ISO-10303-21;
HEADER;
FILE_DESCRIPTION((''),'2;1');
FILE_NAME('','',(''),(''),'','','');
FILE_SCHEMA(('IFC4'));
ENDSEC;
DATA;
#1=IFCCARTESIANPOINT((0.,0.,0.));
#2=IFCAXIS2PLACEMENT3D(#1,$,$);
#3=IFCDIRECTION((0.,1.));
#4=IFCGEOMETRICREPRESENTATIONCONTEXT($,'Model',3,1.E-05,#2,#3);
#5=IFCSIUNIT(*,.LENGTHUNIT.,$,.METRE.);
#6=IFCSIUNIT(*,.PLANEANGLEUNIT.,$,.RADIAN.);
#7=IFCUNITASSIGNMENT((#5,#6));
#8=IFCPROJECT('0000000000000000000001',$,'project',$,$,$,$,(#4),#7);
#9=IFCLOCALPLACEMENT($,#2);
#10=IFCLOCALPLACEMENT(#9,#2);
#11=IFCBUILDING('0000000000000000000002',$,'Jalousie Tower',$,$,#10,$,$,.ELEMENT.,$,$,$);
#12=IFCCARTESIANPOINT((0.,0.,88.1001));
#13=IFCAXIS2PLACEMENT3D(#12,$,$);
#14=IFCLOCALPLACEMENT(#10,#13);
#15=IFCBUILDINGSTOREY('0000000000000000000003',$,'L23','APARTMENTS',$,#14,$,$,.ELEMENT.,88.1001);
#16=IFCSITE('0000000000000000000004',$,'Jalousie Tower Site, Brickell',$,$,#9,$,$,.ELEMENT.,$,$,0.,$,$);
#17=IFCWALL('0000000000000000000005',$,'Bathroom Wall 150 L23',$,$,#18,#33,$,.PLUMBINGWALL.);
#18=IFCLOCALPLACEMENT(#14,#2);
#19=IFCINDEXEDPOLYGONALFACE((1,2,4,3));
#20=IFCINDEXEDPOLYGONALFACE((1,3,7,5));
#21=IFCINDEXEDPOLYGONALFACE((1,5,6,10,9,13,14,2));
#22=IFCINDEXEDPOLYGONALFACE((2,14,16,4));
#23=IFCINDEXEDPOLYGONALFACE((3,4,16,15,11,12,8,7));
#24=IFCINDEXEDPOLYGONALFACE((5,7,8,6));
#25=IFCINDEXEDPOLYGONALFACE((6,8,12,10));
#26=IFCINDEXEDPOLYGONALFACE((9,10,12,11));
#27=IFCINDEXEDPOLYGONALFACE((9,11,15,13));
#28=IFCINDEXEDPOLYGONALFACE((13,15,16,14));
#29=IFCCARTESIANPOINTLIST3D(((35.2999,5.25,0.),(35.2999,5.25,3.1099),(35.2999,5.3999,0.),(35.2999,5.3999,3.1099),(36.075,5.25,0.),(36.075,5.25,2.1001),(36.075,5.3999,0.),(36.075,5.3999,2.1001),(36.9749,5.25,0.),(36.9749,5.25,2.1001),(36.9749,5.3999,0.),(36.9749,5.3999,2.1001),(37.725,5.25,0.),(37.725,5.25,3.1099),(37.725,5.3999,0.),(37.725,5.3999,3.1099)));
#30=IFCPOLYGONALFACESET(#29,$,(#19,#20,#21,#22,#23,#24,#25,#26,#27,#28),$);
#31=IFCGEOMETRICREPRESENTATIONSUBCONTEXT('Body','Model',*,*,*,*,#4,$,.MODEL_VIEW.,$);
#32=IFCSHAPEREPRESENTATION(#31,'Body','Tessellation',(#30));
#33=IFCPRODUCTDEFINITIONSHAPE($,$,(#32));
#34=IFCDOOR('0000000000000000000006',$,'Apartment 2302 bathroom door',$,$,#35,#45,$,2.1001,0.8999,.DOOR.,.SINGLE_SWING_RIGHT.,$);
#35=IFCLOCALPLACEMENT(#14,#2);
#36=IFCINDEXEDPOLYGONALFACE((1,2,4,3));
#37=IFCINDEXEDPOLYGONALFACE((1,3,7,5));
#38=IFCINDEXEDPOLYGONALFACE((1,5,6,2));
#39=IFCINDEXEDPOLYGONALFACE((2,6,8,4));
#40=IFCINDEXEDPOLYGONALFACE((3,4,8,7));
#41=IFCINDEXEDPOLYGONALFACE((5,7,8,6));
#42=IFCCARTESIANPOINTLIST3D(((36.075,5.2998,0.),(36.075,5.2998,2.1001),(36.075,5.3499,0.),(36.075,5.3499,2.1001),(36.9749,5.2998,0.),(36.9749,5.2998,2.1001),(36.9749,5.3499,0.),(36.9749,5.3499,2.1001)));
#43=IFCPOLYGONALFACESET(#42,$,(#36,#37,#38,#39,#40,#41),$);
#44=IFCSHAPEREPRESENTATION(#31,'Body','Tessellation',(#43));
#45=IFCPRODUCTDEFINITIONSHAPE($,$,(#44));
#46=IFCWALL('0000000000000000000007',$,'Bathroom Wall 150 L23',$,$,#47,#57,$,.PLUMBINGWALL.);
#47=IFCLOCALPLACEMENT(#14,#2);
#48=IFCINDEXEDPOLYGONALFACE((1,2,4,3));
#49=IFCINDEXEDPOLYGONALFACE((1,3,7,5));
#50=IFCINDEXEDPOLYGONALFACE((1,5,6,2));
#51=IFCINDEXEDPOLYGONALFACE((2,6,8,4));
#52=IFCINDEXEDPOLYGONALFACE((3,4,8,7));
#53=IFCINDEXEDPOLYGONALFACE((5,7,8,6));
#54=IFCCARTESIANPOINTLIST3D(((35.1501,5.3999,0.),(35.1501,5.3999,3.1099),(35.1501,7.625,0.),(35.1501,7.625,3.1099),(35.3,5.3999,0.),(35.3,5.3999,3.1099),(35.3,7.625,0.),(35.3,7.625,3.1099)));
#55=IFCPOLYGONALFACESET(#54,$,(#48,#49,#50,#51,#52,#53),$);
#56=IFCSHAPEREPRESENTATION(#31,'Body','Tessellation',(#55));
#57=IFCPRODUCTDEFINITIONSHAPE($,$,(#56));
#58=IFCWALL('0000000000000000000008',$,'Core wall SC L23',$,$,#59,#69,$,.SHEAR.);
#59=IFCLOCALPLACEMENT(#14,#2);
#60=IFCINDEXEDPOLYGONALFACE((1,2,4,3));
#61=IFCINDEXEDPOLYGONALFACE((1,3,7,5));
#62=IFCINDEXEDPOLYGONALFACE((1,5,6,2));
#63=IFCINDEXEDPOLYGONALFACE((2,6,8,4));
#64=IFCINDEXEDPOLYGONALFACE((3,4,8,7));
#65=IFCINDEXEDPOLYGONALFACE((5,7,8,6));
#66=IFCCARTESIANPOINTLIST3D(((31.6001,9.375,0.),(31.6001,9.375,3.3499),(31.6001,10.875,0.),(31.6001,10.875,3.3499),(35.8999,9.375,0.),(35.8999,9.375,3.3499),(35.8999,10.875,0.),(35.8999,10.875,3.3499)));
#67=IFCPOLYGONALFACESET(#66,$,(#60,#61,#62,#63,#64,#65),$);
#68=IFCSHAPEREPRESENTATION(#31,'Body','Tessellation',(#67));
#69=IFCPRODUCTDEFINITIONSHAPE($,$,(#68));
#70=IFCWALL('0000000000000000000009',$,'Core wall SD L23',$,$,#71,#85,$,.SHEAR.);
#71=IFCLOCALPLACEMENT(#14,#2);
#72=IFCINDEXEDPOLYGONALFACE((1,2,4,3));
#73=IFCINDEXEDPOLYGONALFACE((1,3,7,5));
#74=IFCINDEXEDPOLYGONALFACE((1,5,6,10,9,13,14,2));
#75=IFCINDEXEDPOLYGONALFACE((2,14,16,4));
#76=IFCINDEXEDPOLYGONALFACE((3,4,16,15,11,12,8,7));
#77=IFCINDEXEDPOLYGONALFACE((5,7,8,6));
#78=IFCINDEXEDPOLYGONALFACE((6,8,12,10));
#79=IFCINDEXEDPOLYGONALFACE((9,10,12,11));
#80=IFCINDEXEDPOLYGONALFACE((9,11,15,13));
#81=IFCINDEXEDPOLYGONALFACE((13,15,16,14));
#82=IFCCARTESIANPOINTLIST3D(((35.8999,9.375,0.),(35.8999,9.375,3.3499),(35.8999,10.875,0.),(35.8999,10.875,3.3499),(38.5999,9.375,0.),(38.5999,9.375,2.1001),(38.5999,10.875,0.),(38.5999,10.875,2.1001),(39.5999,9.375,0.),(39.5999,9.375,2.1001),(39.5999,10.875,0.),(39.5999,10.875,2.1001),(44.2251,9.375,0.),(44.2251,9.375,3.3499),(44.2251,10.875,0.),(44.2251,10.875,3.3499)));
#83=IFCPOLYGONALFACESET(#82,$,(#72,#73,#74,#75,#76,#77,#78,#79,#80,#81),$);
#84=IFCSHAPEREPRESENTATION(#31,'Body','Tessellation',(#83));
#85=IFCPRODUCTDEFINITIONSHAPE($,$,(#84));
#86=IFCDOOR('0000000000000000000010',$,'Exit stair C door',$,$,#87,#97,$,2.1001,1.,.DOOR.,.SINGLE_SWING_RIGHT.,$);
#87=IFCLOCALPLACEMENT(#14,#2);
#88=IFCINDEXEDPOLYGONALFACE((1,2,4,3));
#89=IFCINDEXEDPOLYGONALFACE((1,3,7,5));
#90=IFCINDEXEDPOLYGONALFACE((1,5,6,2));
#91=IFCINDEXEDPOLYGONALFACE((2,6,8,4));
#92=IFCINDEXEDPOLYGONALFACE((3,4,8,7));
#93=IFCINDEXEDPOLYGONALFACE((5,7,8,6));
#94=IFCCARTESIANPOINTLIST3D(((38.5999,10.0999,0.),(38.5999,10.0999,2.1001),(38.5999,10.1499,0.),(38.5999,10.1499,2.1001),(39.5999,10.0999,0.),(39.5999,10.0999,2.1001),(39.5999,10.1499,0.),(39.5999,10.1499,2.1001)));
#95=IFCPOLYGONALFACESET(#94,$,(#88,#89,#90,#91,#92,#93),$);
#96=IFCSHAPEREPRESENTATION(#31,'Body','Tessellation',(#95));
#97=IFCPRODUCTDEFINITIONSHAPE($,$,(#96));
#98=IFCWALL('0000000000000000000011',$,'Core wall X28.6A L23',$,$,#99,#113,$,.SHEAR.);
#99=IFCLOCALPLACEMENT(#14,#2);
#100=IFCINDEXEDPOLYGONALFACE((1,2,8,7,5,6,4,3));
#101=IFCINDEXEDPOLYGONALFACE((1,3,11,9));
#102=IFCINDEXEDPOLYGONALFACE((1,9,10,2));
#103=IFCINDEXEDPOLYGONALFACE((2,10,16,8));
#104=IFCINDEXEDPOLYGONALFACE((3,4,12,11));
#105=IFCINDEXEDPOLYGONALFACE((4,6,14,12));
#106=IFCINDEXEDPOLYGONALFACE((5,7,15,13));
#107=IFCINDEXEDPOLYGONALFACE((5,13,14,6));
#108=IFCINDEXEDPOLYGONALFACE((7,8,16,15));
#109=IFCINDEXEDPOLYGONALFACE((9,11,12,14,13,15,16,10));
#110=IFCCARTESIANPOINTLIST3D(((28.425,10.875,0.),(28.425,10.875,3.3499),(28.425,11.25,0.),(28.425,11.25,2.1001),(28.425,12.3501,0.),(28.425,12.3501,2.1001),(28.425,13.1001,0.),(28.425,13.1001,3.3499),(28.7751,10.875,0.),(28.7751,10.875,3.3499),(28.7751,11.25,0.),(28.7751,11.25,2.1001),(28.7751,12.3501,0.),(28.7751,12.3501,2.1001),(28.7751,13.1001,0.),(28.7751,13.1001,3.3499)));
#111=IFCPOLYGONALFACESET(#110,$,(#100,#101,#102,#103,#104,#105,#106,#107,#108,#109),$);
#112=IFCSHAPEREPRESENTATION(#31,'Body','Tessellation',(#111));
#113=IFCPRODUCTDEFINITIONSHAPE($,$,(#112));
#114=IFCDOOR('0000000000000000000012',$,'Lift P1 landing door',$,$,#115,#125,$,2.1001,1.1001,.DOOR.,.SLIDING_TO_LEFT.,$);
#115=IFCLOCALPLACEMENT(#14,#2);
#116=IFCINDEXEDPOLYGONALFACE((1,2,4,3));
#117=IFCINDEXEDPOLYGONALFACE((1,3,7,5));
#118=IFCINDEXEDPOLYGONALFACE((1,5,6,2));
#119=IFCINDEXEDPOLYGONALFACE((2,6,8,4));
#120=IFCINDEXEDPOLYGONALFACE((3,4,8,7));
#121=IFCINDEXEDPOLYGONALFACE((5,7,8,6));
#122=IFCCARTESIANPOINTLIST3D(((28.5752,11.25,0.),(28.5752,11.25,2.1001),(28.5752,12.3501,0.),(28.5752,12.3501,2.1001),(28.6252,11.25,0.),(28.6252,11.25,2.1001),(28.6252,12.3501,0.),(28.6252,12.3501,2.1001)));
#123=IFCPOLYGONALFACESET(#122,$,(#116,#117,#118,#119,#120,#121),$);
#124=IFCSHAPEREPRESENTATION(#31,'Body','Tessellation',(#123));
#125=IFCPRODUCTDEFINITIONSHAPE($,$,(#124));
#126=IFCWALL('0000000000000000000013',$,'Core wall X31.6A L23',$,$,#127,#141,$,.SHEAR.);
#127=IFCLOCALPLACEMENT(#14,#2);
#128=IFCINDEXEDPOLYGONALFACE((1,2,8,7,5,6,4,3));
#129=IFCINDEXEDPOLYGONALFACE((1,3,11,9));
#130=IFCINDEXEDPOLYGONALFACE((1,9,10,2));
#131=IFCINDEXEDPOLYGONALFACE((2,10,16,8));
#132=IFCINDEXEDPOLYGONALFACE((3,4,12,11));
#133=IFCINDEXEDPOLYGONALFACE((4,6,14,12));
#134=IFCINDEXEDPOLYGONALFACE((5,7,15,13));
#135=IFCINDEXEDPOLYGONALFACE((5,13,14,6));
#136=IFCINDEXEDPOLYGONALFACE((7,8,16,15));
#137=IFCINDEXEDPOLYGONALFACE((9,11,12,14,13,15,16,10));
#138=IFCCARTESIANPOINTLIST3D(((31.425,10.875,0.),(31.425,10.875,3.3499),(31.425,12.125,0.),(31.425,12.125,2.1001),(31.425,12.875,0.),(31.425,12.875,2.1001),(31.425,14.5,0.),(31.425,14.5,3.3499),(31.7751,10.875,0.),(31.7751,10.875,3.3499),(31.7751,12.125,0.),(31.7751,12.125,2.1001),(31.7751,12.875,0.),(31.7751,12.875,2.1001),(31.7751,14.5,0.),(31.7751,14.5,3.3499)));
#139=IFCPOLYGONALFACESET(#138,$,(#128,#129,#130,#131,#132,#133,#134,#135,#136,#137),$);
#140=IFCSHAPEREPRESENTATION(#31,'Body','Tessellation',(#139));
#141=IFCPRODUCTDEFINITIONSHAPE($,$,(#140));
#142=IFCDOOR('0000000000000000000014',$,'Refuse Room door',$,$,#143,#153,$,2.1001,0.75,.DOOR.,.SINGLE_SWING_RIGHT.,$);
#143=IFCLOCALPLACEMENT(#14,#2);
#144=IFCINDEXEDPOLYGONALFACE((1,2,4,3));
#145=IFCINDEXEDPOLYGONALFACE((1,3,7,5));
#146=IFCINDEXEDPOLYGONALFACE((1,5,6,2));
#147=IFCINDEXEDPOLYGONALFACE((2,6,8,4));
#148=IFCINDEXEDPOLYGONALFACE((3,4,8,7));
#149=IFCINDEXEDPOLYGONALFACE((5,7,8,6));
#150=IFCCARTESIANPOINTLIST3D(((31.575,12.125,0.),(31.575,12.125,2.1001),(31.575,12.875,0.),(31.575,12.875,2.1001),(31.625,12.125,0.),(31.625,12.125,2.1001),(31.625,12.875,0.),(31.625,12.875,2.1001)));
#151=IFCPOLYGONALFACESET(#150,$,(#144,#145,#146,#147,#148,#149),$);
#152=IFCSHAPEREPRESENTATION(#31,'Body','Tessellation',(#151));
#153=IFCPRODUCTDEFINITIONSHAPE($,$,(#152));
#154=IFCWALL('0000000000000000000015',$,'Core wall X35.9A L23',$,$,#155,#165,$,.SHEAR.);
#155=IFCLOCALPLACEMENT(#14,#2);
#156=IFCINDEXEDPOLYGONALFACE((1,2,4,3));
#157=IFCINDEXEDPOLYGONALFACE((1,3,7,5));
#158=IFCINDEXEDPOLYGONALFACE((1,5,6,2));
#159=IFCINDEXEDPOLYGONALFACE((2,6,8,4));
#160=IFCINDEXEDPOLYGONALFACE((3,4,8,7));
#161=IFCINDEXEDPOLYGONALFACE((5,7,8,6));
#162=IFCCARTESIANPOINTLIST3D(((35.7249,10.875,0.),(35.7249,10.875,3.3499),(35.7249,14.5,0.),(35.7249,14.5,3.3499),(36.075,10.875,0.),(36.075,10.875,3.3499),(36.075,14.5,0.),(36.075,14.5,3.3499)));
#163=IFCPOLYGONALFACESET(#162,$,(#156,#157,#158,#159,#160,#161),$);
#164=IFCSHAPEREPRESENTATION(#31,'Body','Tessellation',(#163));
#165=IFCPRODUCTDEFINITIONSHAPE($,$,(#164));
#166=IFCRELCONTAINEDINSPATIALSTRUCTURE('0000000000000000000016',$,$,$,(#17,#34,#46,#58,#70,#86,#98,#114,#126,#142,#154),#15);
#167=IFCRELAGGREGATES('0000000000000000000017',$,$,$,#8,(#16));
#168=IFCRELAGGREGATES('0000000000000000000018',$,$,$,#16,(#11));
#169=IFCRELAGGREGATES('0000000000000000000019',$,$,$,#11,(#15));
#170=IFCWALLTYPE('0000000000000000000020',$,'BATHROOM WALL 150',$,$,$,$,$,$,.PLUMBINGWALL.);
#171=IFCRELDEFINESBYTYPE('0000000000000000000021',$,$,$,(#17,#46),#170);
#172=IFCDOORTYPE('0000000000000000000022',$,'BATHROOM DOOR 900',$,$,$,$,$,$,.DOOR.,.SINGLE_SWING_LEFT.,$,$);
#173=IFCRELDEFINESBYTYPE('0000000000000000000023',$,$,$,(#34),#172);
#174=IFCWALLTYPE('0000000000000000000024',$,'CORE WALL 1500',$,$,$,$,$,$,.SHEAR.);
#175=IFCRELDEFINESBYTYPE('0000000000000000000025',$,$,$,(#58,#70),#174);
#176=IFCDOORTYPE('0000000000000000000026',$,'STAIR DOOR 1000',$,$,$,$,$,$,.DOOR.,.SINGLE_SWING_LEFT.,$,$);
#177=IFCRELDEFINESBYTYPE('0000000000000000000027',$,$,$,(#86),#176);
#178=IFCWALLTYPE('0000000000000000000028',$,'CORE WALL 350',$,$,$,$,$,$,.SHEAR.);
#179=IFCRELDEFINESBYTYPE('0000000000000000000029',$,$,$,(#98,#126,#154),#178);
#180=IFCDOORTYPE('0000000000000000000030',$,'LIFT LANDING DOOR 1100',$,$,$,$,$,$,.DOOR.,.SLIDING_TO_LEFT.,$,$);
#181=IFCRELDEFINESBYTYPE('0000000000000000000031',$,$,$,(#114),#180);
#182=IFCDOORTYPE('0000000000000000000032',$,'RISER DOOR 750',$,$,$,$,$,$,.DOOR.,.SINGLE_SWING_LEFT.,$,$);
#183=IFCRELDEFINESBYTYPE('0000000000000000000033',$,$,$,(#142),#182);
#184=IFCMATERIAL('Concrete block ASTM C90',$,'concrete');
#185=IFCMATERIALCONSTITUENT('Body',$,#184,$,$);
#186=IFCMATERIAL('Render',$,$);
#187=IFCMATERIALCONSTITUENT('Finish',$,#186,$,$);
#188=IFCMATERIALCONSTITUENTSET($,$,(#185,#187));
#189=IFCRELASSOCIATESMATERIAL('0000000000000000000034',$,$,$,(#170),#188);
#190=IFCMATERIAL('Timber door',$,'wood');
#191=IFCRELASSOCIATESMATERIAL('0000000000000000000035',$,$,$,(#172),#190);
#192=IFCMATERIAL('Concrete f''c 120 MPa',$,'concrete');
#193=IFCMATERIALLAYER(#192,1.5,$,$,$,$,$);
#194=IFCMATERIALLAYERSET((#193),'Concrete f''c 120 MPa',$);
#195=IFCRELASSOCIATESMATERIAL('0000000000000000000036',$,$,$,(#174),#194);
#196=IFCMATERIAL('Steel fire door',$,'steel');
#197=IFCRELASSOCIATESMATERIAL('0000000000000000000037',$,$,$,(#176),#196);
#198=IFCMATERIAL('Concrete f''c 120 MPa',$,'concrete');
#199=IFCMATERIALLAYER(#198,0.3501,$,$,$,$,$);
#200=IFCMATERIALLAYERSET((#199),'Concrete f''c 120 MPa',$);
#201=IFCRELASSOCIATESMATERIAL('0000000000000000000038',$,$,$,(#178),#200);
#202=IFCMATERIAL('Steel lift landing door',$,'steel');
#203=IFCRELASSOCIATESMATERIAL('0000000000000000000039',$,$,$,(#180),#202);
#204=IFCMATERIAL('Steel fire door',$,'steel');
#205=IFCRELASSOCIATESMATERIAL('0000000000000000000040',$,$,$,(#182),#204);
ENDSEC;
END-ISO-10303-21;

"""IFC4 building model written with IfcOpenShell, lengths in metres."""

from ifc_helpers import new_model, si_unit, direction, frame, frame_2d, origin, place, context, subcontext, project, spatial, rectangle, extrude, material, layer, layer_set, constituent, constituent_set, type_object, element, fill, save


model = new_model("IFC4")

# Units and contexts
model_context = context("Model", 3, precision=1e-05, world=origin(), true_north=direction((0.0, 1.0)))
body_context = subcontext(model_context, "Body", "Model", "MODEL_VIEW")
ifc_project = project(units=[si_unit("LENGTHUNIT", "METRE"), si_unit("PLANEANGLEUNIT", "RADIAN")], contexts=[model_context])

# Site, building, storey
site_placement = place(None, origin())
site = spatial("IfcSite", under=ifc_project, at=site_placement, Name="Jalousie Tower Site, Brickell", CompositionType="ELEMENT", RefElevation=0.0)
building_placement = place(site_placement, origin())
building = spatial("IfcBuilding", under=site, at=building_placement, Name="Jalousie Tower", CompositionType="ELEMENT")
storey_placement = place(building_placement, frame((0.0, 0.0, 88.1001)))
storey = spatial("IfcBuildingStorey", under=building, at=storey_placement, Name="L23", Description="APARTMENTS", CompositionType="ELEMENT", Elevation=88.1001)

# Wall, opening, door
ifc_material_1 = material(Name="Concrete block ASTM C90", Category="concrete")
ifc_constituent_1 = constituent(ifc_material_1, Name="Body")
ifc_material_2 = material(Name="Render")
ifc_constituent_2 = constituent(ifc_material_2, Name="Finish")
ifc_constituent_set_1 = constituent_set(constituents=[ifc_constituent_1, ifc_constituent_2])
wall_type_1 = type_object("IfcWallType", Name="BATHROOM WALL 150", PredefinedType="PLUMBINGWALL", material=ifc_constituent_set_1)
wall_1_placement = place(storey_placement, frame((35.3, 5.325, 0.0), z_axis=(0.0, 0.0, 1.0), x_axis=(1.0, 0.0, 0.0)))
wall_1 = element("IfcWall", 1, at=wall_1_placement, inside=storey, type_object=wall_type_1, Name="Bathroom Wall 150 L23", PredefinedType="PLUMBINGWALL", context=body_context, shape_type="SweptSolid", body=[
    extrude(rectangle(XDim=2.425, YDim=0.1499, at=frame_2d((1.2124, 0.0))), origin(), (0.0, 0.0, 1.0), 3.1099),
])
opening_1_placement = place(wall_1_placement, frame((0.7749, 0.0, 0.0)))
opening_1 = element("IfcOpeningElement", 2, at=opening_1_placement, cuts=wall_1, PredefinedType="OPENING", context=body_context, shape_type="SweptSolid", body=[
    extrude(rectangle(XDim=0.8999, YDim=2.1001, at=frame_2d((0.45, 1.05))), frame((0.0, 0.085, 0.0), z_axis=(0.0, -1.0, 0.0), x_axis=(1.0, 0.0, 0.0)), (0.0, 0.0, 1.0), 0.1699),
])
ifc_material_3 = material(Name="Timber door", Category="wood")
door_type_1 = type_object("IfcDoorType", Name="BATHROOM DOOR 900", OperationType="SINGLE_SWING_LEFT", PredefinedType="DOOR", material=ifc_material_3)
door_1_placement = place(opening_1_placement, origin())
door_1 = element("IfcDoor", 3, at=door_1_placement, inside=storey, type_object=door_type_1, Name="Apartment 2302 bathroom door", OperationType="SINGLE_SWING_RIGHT", OverallHeight=2.1001, OverallWidth=0.8999, PredefinedType="DOOR", context=body_context, shape_type="SweptSolid", body=[
    extrude(rectangle(XDim=0.8999, YDim=2.1001, at=frame_2d((0.45, 1.05))), frame((0.0, 0.0249, 0.0), z_axis=(0.0, -1.0, 0.0), x_axis=(1.0, 0.0, 0.0)), (0.0, 0.0, 1.0), 0.05),
])
fill(opening_1, door_1)

# Walls
wall_2_placement = place(storey_placement, frame((35.2251, 5.3999, 0.0), z_axis=(0.0, 0.0, 1.0), x_axis=(0.0, 1.0, 0.0)))
element("IfcWall", 4, at=wall_2_placement, inside=storey, type_object=wall_type_1, Name="Bathroom Wall 150 L23", PredefinedType="PLUMBINGWALL", context=body_context, shape_type="SweptSolid", body=[
    extrude(rectangle(XDim=2.2251, YDim=0.1499, at=frame_2d((1.1125, 0.0))), origin(), (0.0, 0.0, 1.0), 3.1099),
])
ifc_material_4 = material(Name="Concrete f'c 120 MPa", Category="concrete")
ifc_layer_1 = layer(ifc_material_4, 1.5)
ifc_layer_set_1 = layer_set([ifc_layer_1], Name="Concrete f'c 120 MPa")
wall_type_2 = type_object("IfcWallType", Name="CORE WALL 1500", PredefinedType="SHEAR", material=ifc_layer_set_1)
wall_3_placement = place(storey_placement, frame((31.6001, 10.125, 0.0), z_axis=(0.0, 0.0, 1.0), x_axis=(1.0, 0.0, 0.0)))
element("IfcWall", 5, at=wall_3_placement, inside=storey, type_object=wall_type_2, Name="Core wall SC L23", PredefinedType="SHEAR", context=body_context, shape_type="SweptSolid", body=[
    extrude(rectangle(XDim=4.2998, YDim=1.5, at=frame_2d((2.1499, 0.0))), origin(), (0.0, 0.0, 1.0), 3.3499),
])

# Walls, openings, doors
wall_4_placement = place(storey_placement, frame((35.8999, 10.125, 0.0), z_axis=(0.0, 0.0, 1.0), x_axis=(1.0, 0.0, 0.0)))
wall_4 = element("IfcWall", 6, at=wall_4_placement, inside=storey, type_object=wall_type_2, Name="Core wall SD L23", PredefinedType="SHEAR", context=body_context, shape_type="SweptSolid", body=[
    extrude(rectangle(XDim=8.3252, YDim=1.5, at=frame_2d((4.1626, 0.0))), origin(), (0.0, 0.0, 1.0), 3.3499),
])
opening_2_placement = place(wall_4_placement, frame((2.7, 0.0, 0.0)))
opening_2 = element("IfcOpeningElement", 7, at=opening_2_placement, cuts=wall_4, PredefinedType="OPENING", context=body_context, shape_type="SweptSolid", body=[
    extrude(rectangle(XDim=1.0, YDim=2.1001, at=frame_2d((0.5, 1.05))), frame((0.0, 0.76, 0.0), z_axis=(0.0, -1.0, 0.0), x_axis=(1.0, 0.0, 0.0)), (0.0, 0.0, 1.0), 1.52),
])
ifc_material_5 = material(Name="Steel fire door", Category="steel")
door_type_2 = type_object("IfcDoorType", Name="STAIR DOOR 1000", OperationType="SINGLE_SWING_LEFT", PredefinedType="DOOR", material=ifc_material_5)
door_2_placement = place(opening_2_placement, origin())
door_2 = element("IfcDoor", 8, at=door_2_placement, inside=storey, type_object=door_type_2, Name="Exit stair C door", OperationType="SINGLE_SWING_RIGHT", OverallHeight=2.1001, OverallWidth=1.0, PredefinedType="DOOR", context=body_context, shape_type="SweptSolid", body=[
    extrude(rectangle(XDim=1.0, YDim=2.1001, at=frame_2d((0.5, 1.05))), frame((0.0, 0.0249, 0.0), z_axis=(0.0, -1.0, 0.0), x_axis=(1.0, 0.0, 0.0)), (0.0, 0.0, 1.0), 0.05),
])
fill(opening_2, door_2)
ifc_material_6 = material(Name="Concrete f'c 120 MPa", Category="concrete")
ifc_layer_2 = layer(ifc_material_6, 0.3501)
ifc_layer_set_2 = layer_set([ifc_layer_2], Name="Concrete f'c 120 MPa")
wall_type_3 = type_object("IfcWallType", Name="CORE WALL 350", PredefinedType="SHEAR", material=ifc_layer_set_2)
wall_5_placement = place(storey_placement, frame((28.6001, 10.875, 0.0), z_axis=(0.0, 0.0, 1.0), x_axis=(0.0, 1.0, 0.0)))
wall_5 = element("IfcWall", 9, at=wall_5_placement, inside=storey, type_object=wall_type_3, Name="Core wall X28.6A L23", PredefinedType="SHEAR", context=body_context, shape_type="SweptSolid", body=[
    extrude(rectangle(XDim=2.2251, YDim=0.3501, at=frame_2d((1.1125, 0.0))), origin(), (0.0, 0.0, 1.0), 3.3499),
])
opening_3_placement = place(wall_5_placement, frame((0.375, 0.0, 0.0)))
opening_3 = element("IfcOpeningElement", 10, at=opening_3_placement, cuts=wall_5, PredefinedType="OPENING", context=body_context, shape_type="SweptSolid", body=[
    extrude(rectangle(XDim=1.1001, YDim=2.1001, at=frame_2d((0.55, 1.05))), frame((0.0, 0.1851, 0.0), z_axis=(0.0, -1.0, 0.0), x_axis=(1.0, 0.0, 0.0)), (0.0, 0.0, 1.0), 0.3701),
])
ifc_material_7 = material(Name="Steel lift landing door", Category="steel")
door_type_3 = type_object("IfcDoorType", Name="LIFT LANDING DOOR 1100", OperationType="SLIDING_TO_LEFT", PredefinedType="DOOR", material=ifc_material_7)
door_3_placement = place(opening_3_placement, origin())
door_3 = element("IfcDoor", 11, at=door_3_placement, inside=storey, type_object=door_type_3, Name="Lift P1 landing door", OperationType="SLIDING_TO_LEFT", OverallHeight=2.1001, OverallWidth=1.1001, PredefinedType="DOOR", context=body_context, shape_type="SweptSolid", body=[
    extrude(rectangle(XDim=1.1001, YDim=2.1001, at=frame_2d((0.55, 1.05))), frame((0.0, 0.0249, 0.0), z_axis=(0.0, -1.0, 0.0), x_axis=(1.0, 0.0, 0.0)), (0.0, 0.0, 1.0), 0.05),
])
fill(opening_3, door_3)
wall_6_placement = place(storey_placement, frame((31.6001, 10.875, 0.0), z_axis=(0.0, 0.0, 1.0), x_axis=(0.0, 1.0, 0.0)))
wall_6 = element("IfcWall", 12, at=wall_6_placement, inside=storey, type_object=wall_type_3, Name="Core wall X31.6A L23", PredefinedType="SHEAR", context=body_context, shape_type="SweptSolid", body=[
    extrude(rectangle(XDim=3.625, YDim=0.3501, at=frame_2d((1.8125, 0.0))), origin(), (0.0, 0.0, 1.0), 3.3499),
])
opening_4_placement = place(wall_6_placement, frame((1.25, 0.0, 0.0)))
opening_4 = element("IfcOpeningElement", 13, at=opening_4_placement, cuts=wall_6, PredefinedType="OPENING", context=body_context, shape_type="SweptSolid", body=[
    extrude(rectangle(XDim=0.75, YDim=2.1001, at=frame_2d((0.375, 1.05))), frame((0.0, 0.1851, 0.0), z_axis=(0.0, -1.0, 0.0), x_axis=(1.0, 0.0, 0.0)), (0.0, 0.0, 1.0), 0.3701),
])
ifc_material_8 = material(Name="Steel fire door", Category="steel")
door_type_4 = type_object("IfcDoorType", Name="RISER DOOR 750", OperationType="SINGLE_SWING_LEFT", PredefinedType="DOOR", material=ifc_material_8)
door_4_placement = place(opening_4_placement, frame((0.75, 0.0, 0.0), z_axis=(0.0, 0.0, 1.0), x_axis=(-1.0, 0.0, 0.0)))
door_4 = element("IfcDoor", 14, at=door_4_placement, inside=storey, type_object=door_type_4, Name="Refuse Room door", OperationType="SINGLE_SWING_RIGHT", OverallHeight=2.1001, OverallWidth=0.75, PredefinedType="DOOR", context=body_context, shape_type="SweptSolid", body=[
    extrude(rectangle(XDim=0.75, YDim=2.1001, at=frame_2d((0.375, 1.05))), frame((0.0, 0.0249, 0.0), z_axis=(0.0, -1.0, 0.0), x_axis=(1.0, 0.0, 0.0)), (0.0, 0.0, 1.0), 0.05),
])
fill(opening_4, door_4)

# Wall
wall_7_placement = place(storey_placement, frame((35.8999, 10.875, 0.0), z_axis=(0.0, 0.0, 1.0), x_axis=(0.0, 1.0, 0.0)))
element("IfcWall", 15, at=wall_7_placement, inside=storey, type_object=wall_type_3, Name="Core wall X35.9A L23", PredefinedType="SHEAR", context=body_context, shape_type="SweptSolid", body=[
    extrude(rectangle(XDim=3.625, YDim=0.3501, at=frame_2d((1.8125, 0.0))), origin(), (0.0, 0.0, 1.0), 3.3499),
])

save(model, "model.ifc")
